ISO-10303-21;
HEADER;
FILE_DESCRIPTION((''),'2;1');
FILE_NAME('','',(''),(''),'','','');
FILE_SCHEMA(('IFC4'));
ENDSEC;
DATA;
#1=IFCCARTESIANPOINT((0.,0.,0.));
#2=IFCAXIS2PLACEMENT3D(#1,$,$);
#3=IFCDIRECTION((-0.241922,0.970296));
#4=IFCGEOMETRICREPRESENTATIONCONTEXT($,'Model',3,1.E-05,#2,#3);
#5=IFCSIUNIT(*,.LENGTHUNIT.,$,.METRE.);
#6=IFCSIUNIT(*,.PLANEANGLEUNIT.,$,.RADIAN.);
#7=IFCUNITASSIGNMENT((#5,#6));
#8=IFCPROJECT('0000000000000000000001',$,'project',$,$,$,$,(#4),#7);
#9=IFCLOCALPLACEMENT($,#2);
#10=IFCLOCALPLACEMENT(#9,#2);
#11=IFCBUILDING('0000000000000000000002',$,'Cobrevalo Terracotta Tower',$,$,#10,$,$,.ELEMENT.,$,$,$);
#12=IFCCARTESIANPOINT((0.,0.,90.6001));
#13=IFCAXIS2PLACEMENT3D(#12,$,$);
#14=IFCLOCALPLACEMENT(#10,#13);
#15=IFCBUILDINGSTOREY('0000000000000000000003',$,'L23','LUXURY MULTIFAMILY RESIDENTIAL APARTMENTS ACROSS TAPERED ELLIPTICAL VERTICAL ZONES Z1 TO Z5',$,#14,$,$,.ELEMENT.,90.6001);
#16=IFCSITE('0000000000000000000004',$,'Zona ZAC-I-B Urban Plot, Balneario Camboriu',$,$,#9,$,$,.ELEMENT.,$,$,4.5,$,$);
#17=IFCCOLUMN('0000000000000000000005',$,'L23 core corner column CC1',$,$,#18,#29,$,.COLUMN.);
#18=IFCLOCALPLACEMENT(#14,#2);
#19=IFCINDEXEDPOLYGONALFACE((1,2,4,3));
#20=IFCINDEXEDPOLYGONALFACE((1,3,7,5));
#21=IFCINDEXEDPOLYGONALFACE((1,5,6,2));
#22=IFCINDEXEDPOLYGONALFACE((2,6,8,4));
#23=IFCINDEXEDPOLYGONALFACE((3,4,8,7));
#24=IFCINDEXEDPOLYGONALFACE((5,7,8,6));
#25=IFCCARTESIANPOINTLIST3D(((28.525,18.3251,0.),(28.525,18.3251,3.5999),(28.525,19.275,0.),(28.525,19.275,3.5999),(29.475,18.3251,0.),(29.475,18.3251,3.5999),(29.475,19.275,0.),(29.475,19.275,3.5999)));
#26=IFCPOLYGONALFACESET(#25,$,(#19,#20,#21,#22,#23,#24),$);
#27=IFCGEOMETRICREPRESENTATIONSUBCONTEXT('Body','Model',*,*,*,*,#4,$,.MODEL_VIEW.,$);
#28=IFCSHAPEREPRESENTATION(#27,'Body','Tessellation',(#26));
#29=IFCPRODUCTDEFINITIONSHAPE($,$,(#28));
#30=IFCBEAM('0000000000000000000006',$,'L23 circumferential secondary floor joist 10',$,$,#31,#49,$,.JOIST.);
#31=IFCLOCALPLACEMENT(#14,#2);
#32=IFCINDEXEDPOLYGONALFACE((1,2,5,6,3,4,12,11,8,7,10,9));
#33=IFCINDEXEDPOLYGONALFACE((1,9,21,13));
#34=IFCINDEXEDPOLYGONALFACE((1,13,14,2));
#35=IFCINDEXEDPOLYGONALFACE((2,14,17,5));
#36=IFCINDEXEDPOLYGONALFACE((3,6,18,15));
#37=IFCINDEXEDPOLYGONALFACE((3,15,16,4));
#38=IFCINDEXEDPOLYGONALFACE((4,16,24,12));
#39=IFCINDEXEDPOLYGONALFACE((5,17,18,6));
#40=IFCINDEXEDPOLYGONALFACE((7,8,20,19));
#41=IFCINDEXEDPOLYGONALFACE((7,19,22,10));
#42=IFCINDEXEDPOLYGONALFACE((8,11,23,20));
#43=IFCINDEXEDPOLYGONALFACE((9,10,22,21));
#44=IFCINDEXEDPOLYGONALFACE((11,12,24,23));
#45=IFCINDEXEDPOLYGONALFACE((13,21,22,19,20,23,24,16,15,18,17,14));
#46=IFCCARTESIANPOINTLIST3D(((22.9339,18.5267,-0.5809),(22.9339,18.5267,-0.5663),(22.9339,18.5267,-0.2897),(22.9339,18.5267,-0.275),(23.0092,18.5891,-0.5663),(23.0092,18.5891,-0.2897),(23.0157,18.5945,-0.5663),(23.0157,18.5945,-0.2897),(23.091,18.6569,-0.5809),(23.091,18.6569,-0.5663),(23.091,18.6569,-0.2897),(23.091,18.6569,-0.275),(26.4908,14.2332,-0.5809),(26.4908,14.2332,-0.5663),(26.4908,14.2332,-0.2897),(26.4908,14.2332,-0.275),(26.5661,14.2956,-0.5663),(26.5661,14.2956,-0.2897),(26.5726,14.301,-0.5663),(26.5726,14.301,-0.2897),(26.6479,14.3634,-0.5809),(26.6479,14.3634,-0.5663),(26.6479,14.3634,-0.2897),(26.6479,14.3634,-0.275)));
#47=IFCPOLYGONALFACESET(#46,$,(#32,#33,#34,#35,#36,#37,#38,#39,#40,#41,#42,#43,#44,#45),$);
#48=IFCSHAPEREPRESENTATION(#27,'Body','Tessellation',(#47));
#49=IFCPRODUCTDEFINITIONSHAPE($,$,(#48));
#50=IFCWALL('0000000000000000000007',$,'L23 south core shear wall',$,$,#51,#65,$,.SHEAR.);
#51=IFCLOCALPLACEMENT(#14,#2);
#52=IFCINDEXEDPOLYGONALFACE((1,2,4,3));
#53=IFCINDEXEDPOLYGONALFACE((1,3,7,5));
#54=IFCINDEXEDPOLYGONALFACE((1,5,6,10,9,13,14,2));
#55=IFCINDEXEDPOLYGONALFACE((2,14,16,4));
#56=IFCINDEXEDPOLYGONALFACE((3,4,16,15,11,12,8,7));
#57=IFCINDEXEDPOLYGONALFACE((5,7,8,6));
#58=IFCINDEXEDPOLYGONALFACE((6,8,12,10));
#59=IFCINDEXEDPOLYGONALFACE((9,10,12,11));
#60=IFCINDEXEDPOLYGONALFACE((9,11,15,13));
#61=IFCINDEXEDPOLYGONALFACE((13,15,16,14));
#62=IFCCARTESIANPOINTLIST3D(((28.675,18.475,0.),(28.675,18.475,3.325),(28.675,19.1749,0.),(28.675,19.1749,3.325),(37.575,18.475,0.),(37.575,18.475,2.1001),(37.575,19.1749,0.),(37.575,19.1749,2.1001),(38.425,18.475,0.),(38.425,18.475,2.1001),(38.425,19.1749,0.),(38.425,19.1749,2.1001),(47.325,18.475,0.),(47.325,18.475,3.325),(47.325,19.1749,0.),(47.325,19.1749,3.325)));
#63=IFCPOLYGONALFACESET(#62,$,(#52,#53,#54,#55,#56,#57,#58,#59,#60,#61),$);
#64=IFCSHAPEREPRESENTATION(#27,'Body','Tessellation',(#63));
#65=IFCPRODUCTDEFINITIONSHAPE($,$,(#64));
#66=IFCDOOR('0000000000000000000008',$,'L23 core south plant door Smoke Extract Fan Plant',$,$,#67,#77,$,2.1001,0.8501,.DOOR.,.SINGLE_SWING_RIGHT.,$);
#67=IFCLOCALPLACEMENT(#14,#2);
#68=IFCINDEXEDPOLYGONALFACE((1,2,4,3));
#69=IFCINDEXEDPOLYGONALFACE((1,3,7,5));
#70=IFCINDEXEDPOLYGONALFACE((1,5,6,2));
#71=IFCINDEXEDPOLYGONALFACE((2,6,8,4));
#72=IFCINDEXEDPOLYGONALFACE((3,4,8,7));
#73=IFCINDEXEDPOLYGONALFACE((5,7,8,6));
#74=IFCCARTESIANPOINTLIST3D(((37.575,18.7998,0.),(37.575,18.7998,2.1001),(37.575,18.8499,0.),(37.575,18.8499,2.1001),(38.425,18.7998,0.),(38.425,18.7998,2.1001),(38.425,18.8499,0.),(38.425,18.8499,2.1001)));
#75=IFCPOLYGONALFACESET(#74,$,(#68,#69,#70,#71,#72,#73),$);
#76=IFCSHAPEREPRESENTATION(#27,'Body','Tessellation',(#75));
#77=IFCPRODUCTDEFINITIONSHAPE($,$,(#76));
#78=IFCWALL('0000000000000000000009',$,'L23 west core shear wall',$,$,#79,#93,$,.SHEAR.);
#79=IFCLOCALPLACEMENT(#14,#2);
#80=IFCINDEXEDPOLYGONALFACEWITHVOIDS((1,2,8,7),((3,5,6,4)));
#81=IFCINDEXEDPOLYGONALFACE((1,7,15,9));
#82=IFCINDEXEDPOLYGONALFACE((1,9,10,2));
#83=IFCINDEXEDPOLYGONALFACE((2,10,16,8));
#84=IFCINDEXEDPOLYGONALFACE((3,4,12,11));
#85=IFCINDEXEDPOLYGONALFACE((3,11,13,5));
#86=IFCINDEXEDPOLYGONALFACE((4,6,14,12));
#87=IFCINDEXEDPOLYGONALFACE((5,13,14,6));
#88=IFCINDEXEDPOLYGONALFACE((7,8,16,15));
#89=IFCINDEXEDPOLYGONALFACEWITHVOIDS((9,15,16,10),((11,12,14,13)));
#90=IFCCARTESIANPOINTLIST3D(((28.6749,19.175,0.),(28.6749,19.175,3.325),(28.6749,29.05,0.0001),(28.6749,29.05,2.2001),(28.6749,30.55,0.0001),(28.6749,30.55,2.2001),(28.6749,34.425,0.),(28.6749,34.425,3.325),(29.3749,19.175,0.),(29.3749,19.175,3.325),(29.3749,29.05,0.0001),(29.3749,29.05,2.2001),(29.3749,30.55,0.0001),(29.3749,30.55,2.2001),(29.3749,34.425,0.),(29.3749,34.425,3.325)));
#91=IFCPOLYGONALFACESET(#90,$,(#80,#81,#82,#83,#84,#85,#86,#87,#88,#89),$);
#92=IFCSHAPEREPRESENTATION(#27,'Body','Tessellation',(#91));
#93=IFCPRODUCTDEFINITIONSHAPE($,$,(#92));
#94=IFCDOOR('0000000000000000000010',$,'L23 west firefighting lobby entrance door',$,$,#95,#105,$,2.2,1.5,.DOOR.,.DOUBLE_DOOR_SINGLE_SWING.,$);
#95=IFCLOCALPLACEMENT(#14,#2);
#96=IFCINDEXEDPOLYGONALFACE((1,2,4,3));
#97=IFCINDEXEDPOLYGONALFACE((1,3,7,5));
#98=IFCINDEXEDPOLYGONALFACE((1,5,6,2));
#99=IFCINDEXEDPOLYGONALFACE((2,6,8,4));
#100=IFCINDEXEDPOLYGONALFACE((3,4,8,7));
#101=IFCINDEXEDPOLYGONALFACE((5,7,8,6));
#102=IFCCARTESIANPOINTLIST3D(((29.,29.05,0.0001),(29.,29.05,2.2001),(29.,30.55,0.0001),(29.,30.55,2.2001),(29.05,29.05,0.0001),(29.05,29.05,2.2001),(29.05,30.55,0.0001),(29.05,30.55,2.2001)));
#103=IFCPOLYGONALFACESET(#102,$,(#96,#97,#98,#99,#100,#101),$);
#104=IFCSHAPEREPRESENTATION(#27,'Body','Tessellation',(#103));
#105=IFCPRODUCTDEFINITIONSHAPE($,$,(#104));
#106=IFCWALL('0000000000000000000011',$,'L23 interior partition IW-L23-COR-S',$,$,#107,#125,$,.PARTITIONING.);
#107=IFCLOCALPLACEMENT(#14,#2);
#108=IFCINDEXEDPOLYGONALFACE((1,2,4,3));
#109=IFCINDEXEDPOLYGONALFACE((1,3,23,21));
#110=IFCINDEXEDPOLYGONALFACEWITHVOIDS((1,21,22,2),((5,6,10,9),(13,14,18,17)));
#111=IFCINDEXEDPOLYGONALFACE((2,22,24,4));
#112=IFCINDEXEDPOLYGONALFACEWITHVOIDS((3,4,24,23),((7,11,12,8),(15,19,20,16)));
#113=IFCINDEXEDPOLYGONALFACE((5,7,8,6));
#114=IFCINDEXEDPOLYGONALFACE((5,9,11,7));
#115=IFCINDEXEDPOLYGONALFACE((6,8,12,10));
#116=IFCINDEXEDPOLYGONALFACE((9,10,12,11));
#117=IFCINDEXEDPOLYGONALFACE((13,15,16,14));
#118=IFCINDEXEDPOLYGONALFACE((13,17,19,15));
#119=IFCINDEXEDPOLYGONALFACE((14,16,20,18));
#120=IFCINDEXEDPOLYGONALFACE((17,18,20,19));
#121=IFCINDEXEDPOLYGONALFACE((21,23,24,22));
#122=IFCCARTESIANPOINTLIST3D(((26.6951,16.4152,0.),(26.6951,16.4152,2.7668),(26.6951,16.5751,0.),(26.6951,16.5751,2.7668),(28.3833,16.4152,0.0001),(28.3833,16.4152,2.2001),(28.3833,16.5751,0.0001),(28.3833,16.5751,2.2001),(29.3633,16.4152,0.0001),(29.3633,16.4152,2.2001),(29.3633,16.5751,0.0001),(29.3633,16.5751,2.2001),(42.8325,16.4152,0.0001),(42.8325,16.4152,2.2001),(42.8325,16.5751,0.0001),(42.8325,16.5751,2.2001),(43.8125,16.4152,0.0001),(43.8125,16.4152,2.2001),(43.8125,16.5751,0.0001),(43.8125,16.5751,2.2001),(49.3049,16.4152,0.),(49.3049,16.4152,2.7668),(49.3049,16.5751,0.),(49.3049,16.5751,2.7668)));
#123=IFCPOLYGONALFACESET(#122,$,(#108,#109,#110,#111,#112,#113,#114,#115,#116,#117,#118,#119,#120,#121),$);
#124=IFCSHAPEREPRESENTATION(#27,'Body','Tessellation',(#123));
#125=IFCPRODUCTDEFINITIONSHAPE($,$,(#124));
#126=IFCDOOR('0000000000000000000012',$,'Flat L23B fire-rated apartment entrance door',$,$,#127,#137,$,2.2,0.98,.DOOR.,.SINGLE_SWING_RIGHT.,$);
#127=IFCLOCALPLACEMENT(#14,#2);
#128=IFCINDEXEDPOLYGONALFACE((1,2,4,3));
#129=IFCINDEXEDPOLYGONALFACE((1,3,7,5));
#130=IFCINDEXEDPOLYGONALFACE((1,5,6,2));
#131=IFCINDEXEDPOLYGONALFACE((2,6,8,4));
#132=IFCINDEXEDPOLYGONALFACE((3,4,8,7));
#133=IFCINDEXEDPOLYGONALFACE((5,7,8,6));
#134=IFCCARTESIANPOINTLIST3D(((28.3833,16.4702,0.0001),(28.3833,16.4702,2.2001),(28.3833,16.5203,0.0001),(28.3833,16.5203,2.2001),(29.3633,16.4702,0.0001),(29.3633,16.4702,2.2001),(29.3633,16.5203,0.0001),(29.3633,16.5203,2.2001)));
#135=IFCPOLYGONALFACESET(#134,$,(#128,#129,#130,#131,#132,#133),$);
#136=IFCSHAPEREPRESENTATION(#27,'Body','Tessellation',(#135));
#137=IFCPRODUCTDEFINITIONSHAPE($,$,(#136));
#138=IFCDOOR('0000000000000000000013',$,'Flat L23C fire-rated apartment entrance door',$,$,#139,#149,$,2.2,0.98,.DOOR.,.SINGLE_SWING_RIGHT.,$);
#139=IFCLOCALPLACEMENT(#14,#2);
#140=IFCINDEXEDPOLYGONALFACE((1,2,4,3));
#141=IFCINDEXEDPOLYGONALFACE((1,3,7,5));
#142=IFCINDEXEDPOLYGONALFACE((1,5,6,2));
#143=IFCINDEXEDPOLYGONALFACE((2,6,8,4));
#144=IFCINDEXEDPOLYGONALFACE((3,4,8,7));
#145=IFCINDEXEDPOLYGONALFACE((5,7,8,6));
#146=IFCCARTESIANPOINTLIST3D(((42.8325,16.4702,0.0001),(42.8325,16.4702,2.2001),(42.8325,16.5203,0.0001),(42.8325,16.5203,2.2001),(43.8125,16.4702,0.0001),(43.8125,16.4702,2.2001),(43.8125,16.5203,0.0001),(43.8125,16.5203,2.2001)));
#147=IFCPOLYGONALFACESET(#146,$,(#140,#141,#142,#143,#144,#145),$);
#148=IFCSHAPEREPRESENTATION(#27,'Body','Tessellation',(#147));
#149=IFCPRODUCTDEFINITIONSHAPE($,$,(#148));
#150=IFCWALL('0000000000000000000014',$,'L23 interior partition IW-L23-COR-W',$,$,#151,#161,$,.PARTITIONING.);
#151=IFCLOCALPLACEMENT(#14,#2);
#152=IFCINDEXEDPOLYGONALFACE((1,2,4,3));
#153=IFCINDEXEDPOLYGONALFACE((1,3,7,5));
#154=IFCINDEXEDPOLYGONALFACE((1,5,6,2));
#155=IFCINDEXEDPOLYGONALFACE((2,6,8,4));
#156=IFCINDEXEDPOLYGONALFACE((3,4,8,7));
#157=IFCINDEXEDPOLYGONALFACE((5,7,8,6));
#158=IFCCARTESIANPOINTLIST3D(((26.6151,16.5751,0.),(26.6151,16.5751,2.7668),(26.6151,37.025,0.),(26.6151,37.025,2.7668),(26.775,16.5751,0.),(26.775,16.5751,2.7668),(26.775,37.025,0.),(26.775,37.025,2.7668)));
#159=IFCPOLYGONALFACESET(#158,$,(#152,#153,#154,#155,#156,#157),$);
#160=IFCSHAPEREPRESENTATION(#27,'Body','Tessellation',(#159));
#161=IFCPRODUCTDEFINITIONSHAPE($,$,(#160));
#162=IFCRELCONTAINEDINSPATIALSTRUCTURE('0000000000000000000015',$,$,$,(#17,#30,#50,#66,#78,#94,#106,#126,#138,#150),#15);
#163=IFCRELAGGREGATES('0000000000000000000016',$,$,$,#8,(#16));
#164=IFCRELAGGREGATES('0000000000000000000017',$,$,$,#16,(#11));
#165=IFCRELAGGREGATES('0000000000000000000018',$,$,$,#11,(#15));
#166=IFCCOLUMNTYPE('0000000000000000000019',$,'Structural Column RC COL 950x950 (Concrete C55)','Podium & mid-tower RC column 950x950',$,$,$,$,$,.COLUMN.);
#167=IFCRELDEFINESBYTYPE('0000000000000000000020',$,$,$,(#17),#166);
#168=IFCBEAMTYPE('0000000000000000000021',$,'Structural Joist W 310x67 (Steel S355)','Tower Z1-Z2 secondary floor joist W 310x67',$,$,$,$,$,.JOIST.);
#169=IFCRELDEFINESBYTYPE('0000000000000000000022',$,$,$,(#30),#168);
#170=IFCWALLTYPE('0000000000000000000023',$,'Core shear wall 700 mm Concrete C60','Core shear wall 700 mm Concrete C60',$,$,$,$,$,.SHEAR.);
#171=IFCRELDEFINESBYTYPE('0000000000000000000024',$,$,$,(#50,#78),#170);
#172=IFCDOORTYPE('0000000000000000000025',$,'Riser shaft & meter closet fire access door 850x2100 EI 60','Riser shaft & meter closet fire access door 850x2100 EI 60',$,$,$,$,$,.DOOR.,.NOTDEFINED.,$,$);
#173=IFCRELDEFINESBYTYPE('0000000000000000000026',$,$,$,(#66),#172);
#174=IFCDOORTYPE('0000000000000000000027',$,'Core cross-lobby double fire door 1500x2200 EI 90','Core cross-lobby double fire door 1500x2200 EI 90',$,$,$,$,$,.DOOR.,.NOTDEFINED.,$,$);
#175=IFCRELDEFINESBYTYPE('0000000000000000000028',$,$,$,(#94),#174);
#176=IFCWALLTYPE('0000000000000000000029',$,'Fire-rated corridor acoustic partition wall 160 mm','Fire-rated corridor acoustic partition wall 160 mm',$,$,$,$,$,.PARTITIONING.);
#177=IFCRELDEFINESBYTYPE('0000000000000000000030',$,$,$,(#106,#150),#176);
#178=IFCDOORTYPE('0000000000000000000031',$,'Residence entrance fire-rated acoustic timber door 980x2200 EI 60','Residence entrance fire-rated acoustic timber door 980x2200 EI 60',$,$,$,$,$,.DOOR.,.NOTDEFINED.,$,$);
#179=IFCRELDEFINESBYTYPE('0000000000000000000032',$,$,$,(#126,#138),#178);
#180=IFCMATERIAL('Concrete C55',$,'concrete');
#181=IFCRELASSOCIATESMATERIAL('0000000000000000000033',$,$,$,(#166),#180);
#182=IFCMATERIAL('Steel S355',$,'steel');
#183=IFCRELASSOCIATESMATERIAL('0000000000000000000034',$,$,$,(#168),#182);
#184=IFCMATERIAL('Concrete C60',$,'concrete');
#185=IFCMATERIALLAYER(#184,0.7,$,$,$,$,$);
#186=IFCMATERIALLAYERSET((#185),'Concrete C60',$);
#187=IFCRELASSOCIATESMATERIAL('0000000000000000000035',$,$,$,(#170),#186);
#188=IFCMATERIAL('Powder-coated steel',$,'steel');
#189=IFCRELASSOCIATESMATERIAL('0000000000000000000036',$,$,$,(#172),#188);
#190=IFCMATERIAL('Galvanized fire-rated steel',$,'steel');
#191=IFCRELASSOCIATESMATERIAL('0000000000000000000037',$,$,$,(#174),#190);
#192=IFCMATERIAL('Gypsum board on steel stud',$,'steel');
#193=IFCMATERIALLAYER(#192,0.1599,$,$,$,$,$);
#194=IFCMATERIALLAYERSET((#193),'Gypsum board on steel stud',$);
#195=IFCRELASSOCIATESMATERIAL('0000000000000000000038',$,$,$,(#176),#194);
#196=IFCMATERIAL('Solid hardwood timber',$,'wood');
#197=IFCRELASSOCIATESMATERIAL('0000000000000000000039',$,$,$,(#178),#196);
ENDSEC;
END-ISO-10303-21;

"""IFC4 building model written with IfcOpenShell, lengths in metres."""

from ifc_helpers import new_model, si_unit, direction, frame, frame_2d, origin, origin_2d, place, context, subcontext, project, spatial, rectangle, i_section, extrude, source, transform, mapped, material, layer, layer_set, material_profile, profile_set, type_object, element, fill, save


model = new_model("IFC4")

# Units and contexts
model_context = context("Model", 3, precision=1e-05, world=origin(), true_north=direction((-0.241922, 0.970296)))
body_context = subcontext(model_context, "Body", "Model", "MODEL_VIEW")
ifc_project = project(units=[si_unit("LENGTHUNIT", "METRE"), si_unit("PLANEANGLEUNIT", "RADIAN")], contexts=[model_context])

# Site, building, storey
site_placement = place(None, origin())
site = spatial("IfcSite", under=ifc_project, at=site_placement, Name="Zona ZAC-I-B Urban Plot, Balneario Camboriu", CompositionType="ELEMENT", RefElevation=4.5)
building_placement = place(site_placement, origin())
building = spatial("IfcBuilding", under=site, at=building_placement, Name="Cobrevalo Terracotta Tower", CompositionType="ELEMENT")
storey_placement = place(building_placement, frame((0.0, 0.0, 90.6001)))
storey = spatial("IfcBuildingStorey", under=building, at=storey_placement, Name="L23", Description="LUXURY MULTIFAMILY RESIDENTIAL APARTMENTS ACROSS TAPERED ELLIPTICAL VERTICAL ZONES Z1 TO Z5", CompositionType="ELEMENT", Elevation=90.6001)

# Column
ifc_material_1 = material(Name="Concrete C55", Category="concrete")
ifc_material_profile_1 = material_profile(ifc_material_1, rectangle(XDim=0.95, YDim=0.95, at=origin_2d()), Name="RC COL 950x950")
ifc_profile_set_1 = profile_set([ifc_material_profile_1], Name="Concrete C55")
column_type = type_object("IfcColumnType", Name="Structural Column RC COL 950x950 (Concrete C55)", Description="Podium & mid-tower RC column 950x950", PredefinedType="COLUMN", material=ifc_profile_set_1)
column_placement = place(storey_placement, frame((29.0, 18.8, 0.0), z_axis=(0.0, 0.0, 1.0), x_axis=(1.0, 0.0, 0.0)))
element("IfcColumn", 1, at=column_placement, inside=storey, type_object=column_type, Name="L23 core corner column CC1", PredefinedType="COLUMN", context=body_context, shape_type="SweptSolid", body=[
    extrude(rectangle(XDim=0.95, YDim=0.95, at=origin_2d()), origin(), (0.0, 0.0, 1.0), 3.5999),
])

# Beam
ifc_material_2 = material(Name="Steel S355", Category="steel")
ifc_material_profile_2 = material_profile(ifc_material_2, i_section(OverallWidth=0.2041, OverallDepth=0.3059, WebThickness=0.0085, FlangeThickness=0.0146, at=origin_2d()), Name="W 310x67")
ifc_profile_set_2 = profile_set([ifc_material_profile_2], Name="Steel S355")
beam_type = type_object("IfcBeamType", Name="Structural Joist W 310x67 (Steel S355)", Description="Tower Z1-Z2 secondary floor joist W 310x67", PredefinedType="JOIST", material=ifc_profile_set_2)
beam_placement = place(storey_placement, frame((23.0125, 18.5918, -0.428), z_axis=(0.637959, -0.77007, 0.0), x_axis=(0.77007, 0.637959, 0.0)))
element("IfcBeam", 2, at=beam_placement, inside=storey, type_object=beam_type, Name="L23 circumferential secondary floor joist 10", PredefinedType="JOIST", context=body_context, shape_type="SweptSolid", body=[
    extrude(i_section(OverallWidth=0.2041, OverallDepth=0.3059, WebThickness=0.0085, FlangeThickness=0.0146, at=origin_2d()), origin(), (0.0, 0.0, 1.0), 5.5754),
])

# Walls, openings, doors
ifc_material_3 = material(Name="Concrete C60", Category="concrete")
ifc_layer_1 = layer(ifc_material_3, 0.7)
ifc_layer_set_1 = layer_set([ifc_layer_1], Name="Concrete C60")
wall_type_1 = type_object("IfcWallType", Name="Core shear wall 700 mm Concrete C60", Description="Core shear wall 700 mm Concrete C60", PredefinedType="SHEAR", material=ifc_layer_set_1)
wall_1_placement = place(storey_placement, frame((28.675, 18.825, 0.0), z_axis=(0.0, 0.0, 1.0), x_axis=(1.0, 0.0, 0.0)))
wall_1 = element("IfcWall", 3, at=wall_1_placement, inside=storey, type_object=wall_type_1, Name="L23 south core shear wall", PredefinedType="SHEAR", context=body_context, shape_type="SweptSolid", body=[
    extrude(rectangle(XDim=18.6499, YDim=0.7, at=frame_2d((9.325, 0.0))), origin(), (0.0, 0.0, 1.0), 3.325),
])
opening_1_placement = place(wall_1_placement, frame((8.8999, 0.0, 0.0)))
opening_1 = element("IfcOpeningElement", 4, at=opening_1_placement, cuts=wall_1, PredefinedType="OPENING", context=body_context, shape_type="SweptSolid", body=[
    extrude(rectangle(XDim=0.8501, YDim=2.1001, at=frame_2d((0.425, 1.05))), frame((0.0, 0.3599, 0.0), z_axis=(0.0, -1.0, 0.0), x_axis=(1.0, 0.0, 0.0)), (0.0, 0.0, 1.0), 0.72),
])
ifc_material_4 = material(Name="Powder-coated steel", Category="steel")
door_type_1 = type_object("IfcDoorType", Name="Riser shaft & meter closet fire access door 850x2100 EI 60", Description="Riser shaft & meter closet fire access door 850x2100 EI 60", OperationType="NOTDEFINED", PredefinedType="DOOR", material=ifc_material_4)
shared_shape_1 = source(origin(), body_context, "Body", "SweptSolid", [
    extrude(rectangle(XDim=0.8501, YDim=2.1001, at=frame_2d((0.425, 1.05))), frame((0.0, 0.0249, 0.0), z_axis=(0.0, -1.0, 0.0), x_axis=(1.0, 0.0, 0.0)), (0.0, 0.0, 1.0), 0.05),
])
door_1_placement = place(opening_1_placement, origin())
door_1 = element("IfcDoor", 5, at=door_1_placement, inside=storey, type_object=door_type_1, Name="L23 core south plant door Smoke Extract Fan Plant", OperationType="SINGLE_SWING_RIGHT", OverallHeight=2.1001, OverallWidth=0.8501, PredefinedType="DOOR", context=body_context, shape_type="MappedRepresentation", body=[
    mapped(shared_shape_1, transform((0.0, 0.0, 0.0), scale=1.0)),
])
fill(opening_1, door_1)
wall_2_placement = place(storey_placement, frame((29.0249, 19.175, 0.0), z_axis=(0.0, 0.0, 1.0), x_axis=(0.0, 1.0, 0.0)))
wall_2 = element("IfcWall", 6, at=wall_2_placement, inside=storey, type_object=wall_type_1, Name="L23 west core shear wall", PredefinedType="SHEAR", context=body_context, shape_type="SweptSolid", body=[
    extrude(rectangle(XDim=15.25, YDim=0.7, at=frame_2d((7.625, 0.0))), origin(), (0.0, 0.0, 1.0), 3.325),
])
opening_2_placement = place(wall_2_placement, frame((9.875, 0.0, 0.0)))
opening_2 = element("IfcOpeningElement", 7, at=opening_2_placement, cuts=wall_2, PredefinedType="OPENING", context=body_context, shape_type="SweptSolid", body=[
    extrude(rectangle(XDim=1.5, YDim=2.2, at=frame_2d((0.75, 1.1001))), frame((0.0, 0.3599, 0.0), z_axis=(0.0, -1.0, 0.0), x_axis=(1.0, 0.0, 0.0)), (0.0, 0.0, 1.0), 0.72),
])
ifc_material_5 = material(Name="Galvanized fire-rated steel", Category="steel")
door_type_2 = type_object("IfcDoorType", Name="Core cross-lobby double fire door 1500x2200 EI 90", Description="Core cross-lobby double fire door 1500x2200 EI 90", OperationType="NOTDEFINED", PredefinedType="DOOR", material=ifc_material_5)
shared_shape_2 = source(origin(), body_context, "Body", "SweptSolid", [
    extrude(rectangle(XDim=1.5, YDim=2.2, at=frame_2d((0.75, 1.1001))), frame((0.0, 0.0249, 0.0), z_axis=(0.0, -1.0, 0.0), x_axis=(1.0, 0.0, 0.0)), (0.0, 0.0, 1.0), 0.05),
])
door_2_placement = place(opening_2_placement, origin())
door_2 = element("IfcDoor", 8, at=door_2_placement, inside=storey, type_object=door_type_2, Name="L23 west firefighting lobby entrance door", OperationType="DOUBLE_DOOR_SINGLE_SWING", OverallHeight=2.2, OverallWidth=1.5, PredefinedType="DOOR", context=body_context, shape_type="MappedRepresentation", body=[
    mapped(shared_shape_2, transform((0.0, 0.0, 0.0), scale=1.0)),
])
fill(opening_2, door_2)

# Wall, openings, doors
ifc_material_6 = material(Name="Gypsum board on steel stud", Category="steel")
ifc_layer_2 = layer(ifc_material_6, 0.1599)
ifc_layer_set_2 = layer_set([ifc_layer_2], Name="Gypsum board on steel stud")
wall_type_2 = type_object("IfcWallType", Name="Fire-rated corridor acoustic partition wall 160 mm", Description="Fire-rated corridor acoustic partition wall 160 mm", PredefinedType="PARTITIONING", material=ifc_layer_set_2)
wall_3_placement = place(storey_placement, frame((26.6951, 16.4951, 0.0), z_axis=(0.0, 0.0, 1.0), x_axis=(1.0, 0.0, 0.0)))
wall_3 = element("IfcWall", 9, at=wall_3_placement, inside=storey, type_object=wall_type_2, Name="L23 interior partition IW-L23-COR-S", PredefinedType="PARTITIONING", context=body_context, shape_type="SweptSolid", body=[
    extrude(rectangle(XDim=22.6099, YDim=0.1599, at=frame_2d((11.3049, 0.0))), origin(), (0.0, 0.0, 1.0), 2.7668),
])
opening_3_placement = place(wall_3_placement, frame((1.6882, 0.0, 0.0)))
opening_3 = element("IfcOpeningElement", 10, at=opening_3_placement, cuts=wall_3, PredefinedType="OPENING", context=body_context, shape_type="SweptSolid", body=[
    extrude(rectangle(XDim=0.98, YDim=2.2, at=frame_2d((0.49, 1.1001))), frame((0.0, 0.0898, 0.0), z_axis=(0.0, -1.0, 0.0), x_axis=(1.0, 0.0, 0.0)), (0.0, 0.0, 1.0), 0.1799),
])
opening_4_placement = place(wall_3_placement, frame((16.1375, 0.0, 0.0)))
opening_4 = element("IfcOpeningElement", 11, at=opening_4_placement, cuts=wall_3, PredefinedType="OPENING", context=body_context, shape_type="SweptSolid", body=[
    extrude(rectangle(XDim=0.98, YDim=2.2, at=frame_2d((0.49, 1.1001))), frame((0.0, 0.0898, 0.0), z_axis=(0.0, -1.0, 0.0), x_axis=(1.0, 0.0, 0.0)), (0.0, 0.0, 1.0), 0.1799),
])
ifc_material_7 = material(Name="Solid hardwood timber", Category="wood")
door_type_3 = type_object("IfcDoorType", Name="Residence entrance fire-rated acoustic timber door 980x2200 EI 60", Description="Residence entrance fire-rated acoustic timber door 980x2200 EI 60", OperationType="NOTDEFINED", PredefinedType="DOOR", material=ifc_material_7)
shared_shape_3 = source(origin(), body_context, "Body", "SweptSolid", [
    extrude(rectangle(XDim=0.98, YDim=2.2, at=frame_2d((0.49, 1.1001))), frame((0.0, 0.0249, 0.0), z_axis=(0.0, -1.0, 0.0), x_axis=(1.0, 0.0, 0.0)), (0.0, 0.0, 1.0), 0.05),
])
door_3_placement = place(opening_3_placement, frame((0.98, 0.0, 0.0), z_axis=(0.0, 0.0, 1.0), x_axis=(-1.0, 0.0, 0.0)))
door_3 = element("IfcDoor", 12, at=door_3_placement, inside=storey, type_object=door_type_3, Name="Flat L23B fire-rated apartment entrance door", OperationType="SINGLE_SWING_RIGHT", OverallHeight=2.2, OverallWidth=0.98, PredefinedType="DOOR", context=body_context, shape_type="MappedRepresentation", body=[
    mapped(shared_shape_3, transform((0.0, 0.0, 0.0), scale=1.0)),
])
fill(opening_3, door_3)
door_4_placement = place(opening_4_placement, frame((0.98, 0.0, 0.0), z_axis=(0.0, 0.0, 1.0), x_axis=(-1.0, 0.0, 0.0)))
door_4 = element("IfcDoor", 13, at=door_4_placement, inside=storey, type_object=door_type_3, Name="Flat L23C fire-rated apartment entrance door", OperationType="SINGLE_SWING_RIGHT", OverallHeight=2.2, OverallWidth=0.98, PredefinedType="DOOR", context=body_context, shape_type="MappedRepresentation", body=[
    mapped(shared_shape_3, transform((0.0, 0.0, 0.0), scale=1.0)),
])
fill(opening_4, door_4)

# Wall
wall_4_placement = place(storey_placement, frame((26.6951, 16.575, 0.0), z_axis=(0.0, 0.0, 1.0), x_axis=(0.0, 1.0, 0.0)))
element("IfcWall", 14, at=wall_4_placement, inside=storey, type_object=wall_type_2, Name="L23 interior partition IW-L23-COR-W", PredefinedType="PARTITIONING", context=body_context, shape_type="SweptSolid", body=[
    extrude(rectangle(XDim=20.45, YDim=0.1599, at=frame_2d((10.2251, 0.0))), origin(), (0.0, 0.0, 1.0), 2.7668),
])

save(model, "model.ifc")
